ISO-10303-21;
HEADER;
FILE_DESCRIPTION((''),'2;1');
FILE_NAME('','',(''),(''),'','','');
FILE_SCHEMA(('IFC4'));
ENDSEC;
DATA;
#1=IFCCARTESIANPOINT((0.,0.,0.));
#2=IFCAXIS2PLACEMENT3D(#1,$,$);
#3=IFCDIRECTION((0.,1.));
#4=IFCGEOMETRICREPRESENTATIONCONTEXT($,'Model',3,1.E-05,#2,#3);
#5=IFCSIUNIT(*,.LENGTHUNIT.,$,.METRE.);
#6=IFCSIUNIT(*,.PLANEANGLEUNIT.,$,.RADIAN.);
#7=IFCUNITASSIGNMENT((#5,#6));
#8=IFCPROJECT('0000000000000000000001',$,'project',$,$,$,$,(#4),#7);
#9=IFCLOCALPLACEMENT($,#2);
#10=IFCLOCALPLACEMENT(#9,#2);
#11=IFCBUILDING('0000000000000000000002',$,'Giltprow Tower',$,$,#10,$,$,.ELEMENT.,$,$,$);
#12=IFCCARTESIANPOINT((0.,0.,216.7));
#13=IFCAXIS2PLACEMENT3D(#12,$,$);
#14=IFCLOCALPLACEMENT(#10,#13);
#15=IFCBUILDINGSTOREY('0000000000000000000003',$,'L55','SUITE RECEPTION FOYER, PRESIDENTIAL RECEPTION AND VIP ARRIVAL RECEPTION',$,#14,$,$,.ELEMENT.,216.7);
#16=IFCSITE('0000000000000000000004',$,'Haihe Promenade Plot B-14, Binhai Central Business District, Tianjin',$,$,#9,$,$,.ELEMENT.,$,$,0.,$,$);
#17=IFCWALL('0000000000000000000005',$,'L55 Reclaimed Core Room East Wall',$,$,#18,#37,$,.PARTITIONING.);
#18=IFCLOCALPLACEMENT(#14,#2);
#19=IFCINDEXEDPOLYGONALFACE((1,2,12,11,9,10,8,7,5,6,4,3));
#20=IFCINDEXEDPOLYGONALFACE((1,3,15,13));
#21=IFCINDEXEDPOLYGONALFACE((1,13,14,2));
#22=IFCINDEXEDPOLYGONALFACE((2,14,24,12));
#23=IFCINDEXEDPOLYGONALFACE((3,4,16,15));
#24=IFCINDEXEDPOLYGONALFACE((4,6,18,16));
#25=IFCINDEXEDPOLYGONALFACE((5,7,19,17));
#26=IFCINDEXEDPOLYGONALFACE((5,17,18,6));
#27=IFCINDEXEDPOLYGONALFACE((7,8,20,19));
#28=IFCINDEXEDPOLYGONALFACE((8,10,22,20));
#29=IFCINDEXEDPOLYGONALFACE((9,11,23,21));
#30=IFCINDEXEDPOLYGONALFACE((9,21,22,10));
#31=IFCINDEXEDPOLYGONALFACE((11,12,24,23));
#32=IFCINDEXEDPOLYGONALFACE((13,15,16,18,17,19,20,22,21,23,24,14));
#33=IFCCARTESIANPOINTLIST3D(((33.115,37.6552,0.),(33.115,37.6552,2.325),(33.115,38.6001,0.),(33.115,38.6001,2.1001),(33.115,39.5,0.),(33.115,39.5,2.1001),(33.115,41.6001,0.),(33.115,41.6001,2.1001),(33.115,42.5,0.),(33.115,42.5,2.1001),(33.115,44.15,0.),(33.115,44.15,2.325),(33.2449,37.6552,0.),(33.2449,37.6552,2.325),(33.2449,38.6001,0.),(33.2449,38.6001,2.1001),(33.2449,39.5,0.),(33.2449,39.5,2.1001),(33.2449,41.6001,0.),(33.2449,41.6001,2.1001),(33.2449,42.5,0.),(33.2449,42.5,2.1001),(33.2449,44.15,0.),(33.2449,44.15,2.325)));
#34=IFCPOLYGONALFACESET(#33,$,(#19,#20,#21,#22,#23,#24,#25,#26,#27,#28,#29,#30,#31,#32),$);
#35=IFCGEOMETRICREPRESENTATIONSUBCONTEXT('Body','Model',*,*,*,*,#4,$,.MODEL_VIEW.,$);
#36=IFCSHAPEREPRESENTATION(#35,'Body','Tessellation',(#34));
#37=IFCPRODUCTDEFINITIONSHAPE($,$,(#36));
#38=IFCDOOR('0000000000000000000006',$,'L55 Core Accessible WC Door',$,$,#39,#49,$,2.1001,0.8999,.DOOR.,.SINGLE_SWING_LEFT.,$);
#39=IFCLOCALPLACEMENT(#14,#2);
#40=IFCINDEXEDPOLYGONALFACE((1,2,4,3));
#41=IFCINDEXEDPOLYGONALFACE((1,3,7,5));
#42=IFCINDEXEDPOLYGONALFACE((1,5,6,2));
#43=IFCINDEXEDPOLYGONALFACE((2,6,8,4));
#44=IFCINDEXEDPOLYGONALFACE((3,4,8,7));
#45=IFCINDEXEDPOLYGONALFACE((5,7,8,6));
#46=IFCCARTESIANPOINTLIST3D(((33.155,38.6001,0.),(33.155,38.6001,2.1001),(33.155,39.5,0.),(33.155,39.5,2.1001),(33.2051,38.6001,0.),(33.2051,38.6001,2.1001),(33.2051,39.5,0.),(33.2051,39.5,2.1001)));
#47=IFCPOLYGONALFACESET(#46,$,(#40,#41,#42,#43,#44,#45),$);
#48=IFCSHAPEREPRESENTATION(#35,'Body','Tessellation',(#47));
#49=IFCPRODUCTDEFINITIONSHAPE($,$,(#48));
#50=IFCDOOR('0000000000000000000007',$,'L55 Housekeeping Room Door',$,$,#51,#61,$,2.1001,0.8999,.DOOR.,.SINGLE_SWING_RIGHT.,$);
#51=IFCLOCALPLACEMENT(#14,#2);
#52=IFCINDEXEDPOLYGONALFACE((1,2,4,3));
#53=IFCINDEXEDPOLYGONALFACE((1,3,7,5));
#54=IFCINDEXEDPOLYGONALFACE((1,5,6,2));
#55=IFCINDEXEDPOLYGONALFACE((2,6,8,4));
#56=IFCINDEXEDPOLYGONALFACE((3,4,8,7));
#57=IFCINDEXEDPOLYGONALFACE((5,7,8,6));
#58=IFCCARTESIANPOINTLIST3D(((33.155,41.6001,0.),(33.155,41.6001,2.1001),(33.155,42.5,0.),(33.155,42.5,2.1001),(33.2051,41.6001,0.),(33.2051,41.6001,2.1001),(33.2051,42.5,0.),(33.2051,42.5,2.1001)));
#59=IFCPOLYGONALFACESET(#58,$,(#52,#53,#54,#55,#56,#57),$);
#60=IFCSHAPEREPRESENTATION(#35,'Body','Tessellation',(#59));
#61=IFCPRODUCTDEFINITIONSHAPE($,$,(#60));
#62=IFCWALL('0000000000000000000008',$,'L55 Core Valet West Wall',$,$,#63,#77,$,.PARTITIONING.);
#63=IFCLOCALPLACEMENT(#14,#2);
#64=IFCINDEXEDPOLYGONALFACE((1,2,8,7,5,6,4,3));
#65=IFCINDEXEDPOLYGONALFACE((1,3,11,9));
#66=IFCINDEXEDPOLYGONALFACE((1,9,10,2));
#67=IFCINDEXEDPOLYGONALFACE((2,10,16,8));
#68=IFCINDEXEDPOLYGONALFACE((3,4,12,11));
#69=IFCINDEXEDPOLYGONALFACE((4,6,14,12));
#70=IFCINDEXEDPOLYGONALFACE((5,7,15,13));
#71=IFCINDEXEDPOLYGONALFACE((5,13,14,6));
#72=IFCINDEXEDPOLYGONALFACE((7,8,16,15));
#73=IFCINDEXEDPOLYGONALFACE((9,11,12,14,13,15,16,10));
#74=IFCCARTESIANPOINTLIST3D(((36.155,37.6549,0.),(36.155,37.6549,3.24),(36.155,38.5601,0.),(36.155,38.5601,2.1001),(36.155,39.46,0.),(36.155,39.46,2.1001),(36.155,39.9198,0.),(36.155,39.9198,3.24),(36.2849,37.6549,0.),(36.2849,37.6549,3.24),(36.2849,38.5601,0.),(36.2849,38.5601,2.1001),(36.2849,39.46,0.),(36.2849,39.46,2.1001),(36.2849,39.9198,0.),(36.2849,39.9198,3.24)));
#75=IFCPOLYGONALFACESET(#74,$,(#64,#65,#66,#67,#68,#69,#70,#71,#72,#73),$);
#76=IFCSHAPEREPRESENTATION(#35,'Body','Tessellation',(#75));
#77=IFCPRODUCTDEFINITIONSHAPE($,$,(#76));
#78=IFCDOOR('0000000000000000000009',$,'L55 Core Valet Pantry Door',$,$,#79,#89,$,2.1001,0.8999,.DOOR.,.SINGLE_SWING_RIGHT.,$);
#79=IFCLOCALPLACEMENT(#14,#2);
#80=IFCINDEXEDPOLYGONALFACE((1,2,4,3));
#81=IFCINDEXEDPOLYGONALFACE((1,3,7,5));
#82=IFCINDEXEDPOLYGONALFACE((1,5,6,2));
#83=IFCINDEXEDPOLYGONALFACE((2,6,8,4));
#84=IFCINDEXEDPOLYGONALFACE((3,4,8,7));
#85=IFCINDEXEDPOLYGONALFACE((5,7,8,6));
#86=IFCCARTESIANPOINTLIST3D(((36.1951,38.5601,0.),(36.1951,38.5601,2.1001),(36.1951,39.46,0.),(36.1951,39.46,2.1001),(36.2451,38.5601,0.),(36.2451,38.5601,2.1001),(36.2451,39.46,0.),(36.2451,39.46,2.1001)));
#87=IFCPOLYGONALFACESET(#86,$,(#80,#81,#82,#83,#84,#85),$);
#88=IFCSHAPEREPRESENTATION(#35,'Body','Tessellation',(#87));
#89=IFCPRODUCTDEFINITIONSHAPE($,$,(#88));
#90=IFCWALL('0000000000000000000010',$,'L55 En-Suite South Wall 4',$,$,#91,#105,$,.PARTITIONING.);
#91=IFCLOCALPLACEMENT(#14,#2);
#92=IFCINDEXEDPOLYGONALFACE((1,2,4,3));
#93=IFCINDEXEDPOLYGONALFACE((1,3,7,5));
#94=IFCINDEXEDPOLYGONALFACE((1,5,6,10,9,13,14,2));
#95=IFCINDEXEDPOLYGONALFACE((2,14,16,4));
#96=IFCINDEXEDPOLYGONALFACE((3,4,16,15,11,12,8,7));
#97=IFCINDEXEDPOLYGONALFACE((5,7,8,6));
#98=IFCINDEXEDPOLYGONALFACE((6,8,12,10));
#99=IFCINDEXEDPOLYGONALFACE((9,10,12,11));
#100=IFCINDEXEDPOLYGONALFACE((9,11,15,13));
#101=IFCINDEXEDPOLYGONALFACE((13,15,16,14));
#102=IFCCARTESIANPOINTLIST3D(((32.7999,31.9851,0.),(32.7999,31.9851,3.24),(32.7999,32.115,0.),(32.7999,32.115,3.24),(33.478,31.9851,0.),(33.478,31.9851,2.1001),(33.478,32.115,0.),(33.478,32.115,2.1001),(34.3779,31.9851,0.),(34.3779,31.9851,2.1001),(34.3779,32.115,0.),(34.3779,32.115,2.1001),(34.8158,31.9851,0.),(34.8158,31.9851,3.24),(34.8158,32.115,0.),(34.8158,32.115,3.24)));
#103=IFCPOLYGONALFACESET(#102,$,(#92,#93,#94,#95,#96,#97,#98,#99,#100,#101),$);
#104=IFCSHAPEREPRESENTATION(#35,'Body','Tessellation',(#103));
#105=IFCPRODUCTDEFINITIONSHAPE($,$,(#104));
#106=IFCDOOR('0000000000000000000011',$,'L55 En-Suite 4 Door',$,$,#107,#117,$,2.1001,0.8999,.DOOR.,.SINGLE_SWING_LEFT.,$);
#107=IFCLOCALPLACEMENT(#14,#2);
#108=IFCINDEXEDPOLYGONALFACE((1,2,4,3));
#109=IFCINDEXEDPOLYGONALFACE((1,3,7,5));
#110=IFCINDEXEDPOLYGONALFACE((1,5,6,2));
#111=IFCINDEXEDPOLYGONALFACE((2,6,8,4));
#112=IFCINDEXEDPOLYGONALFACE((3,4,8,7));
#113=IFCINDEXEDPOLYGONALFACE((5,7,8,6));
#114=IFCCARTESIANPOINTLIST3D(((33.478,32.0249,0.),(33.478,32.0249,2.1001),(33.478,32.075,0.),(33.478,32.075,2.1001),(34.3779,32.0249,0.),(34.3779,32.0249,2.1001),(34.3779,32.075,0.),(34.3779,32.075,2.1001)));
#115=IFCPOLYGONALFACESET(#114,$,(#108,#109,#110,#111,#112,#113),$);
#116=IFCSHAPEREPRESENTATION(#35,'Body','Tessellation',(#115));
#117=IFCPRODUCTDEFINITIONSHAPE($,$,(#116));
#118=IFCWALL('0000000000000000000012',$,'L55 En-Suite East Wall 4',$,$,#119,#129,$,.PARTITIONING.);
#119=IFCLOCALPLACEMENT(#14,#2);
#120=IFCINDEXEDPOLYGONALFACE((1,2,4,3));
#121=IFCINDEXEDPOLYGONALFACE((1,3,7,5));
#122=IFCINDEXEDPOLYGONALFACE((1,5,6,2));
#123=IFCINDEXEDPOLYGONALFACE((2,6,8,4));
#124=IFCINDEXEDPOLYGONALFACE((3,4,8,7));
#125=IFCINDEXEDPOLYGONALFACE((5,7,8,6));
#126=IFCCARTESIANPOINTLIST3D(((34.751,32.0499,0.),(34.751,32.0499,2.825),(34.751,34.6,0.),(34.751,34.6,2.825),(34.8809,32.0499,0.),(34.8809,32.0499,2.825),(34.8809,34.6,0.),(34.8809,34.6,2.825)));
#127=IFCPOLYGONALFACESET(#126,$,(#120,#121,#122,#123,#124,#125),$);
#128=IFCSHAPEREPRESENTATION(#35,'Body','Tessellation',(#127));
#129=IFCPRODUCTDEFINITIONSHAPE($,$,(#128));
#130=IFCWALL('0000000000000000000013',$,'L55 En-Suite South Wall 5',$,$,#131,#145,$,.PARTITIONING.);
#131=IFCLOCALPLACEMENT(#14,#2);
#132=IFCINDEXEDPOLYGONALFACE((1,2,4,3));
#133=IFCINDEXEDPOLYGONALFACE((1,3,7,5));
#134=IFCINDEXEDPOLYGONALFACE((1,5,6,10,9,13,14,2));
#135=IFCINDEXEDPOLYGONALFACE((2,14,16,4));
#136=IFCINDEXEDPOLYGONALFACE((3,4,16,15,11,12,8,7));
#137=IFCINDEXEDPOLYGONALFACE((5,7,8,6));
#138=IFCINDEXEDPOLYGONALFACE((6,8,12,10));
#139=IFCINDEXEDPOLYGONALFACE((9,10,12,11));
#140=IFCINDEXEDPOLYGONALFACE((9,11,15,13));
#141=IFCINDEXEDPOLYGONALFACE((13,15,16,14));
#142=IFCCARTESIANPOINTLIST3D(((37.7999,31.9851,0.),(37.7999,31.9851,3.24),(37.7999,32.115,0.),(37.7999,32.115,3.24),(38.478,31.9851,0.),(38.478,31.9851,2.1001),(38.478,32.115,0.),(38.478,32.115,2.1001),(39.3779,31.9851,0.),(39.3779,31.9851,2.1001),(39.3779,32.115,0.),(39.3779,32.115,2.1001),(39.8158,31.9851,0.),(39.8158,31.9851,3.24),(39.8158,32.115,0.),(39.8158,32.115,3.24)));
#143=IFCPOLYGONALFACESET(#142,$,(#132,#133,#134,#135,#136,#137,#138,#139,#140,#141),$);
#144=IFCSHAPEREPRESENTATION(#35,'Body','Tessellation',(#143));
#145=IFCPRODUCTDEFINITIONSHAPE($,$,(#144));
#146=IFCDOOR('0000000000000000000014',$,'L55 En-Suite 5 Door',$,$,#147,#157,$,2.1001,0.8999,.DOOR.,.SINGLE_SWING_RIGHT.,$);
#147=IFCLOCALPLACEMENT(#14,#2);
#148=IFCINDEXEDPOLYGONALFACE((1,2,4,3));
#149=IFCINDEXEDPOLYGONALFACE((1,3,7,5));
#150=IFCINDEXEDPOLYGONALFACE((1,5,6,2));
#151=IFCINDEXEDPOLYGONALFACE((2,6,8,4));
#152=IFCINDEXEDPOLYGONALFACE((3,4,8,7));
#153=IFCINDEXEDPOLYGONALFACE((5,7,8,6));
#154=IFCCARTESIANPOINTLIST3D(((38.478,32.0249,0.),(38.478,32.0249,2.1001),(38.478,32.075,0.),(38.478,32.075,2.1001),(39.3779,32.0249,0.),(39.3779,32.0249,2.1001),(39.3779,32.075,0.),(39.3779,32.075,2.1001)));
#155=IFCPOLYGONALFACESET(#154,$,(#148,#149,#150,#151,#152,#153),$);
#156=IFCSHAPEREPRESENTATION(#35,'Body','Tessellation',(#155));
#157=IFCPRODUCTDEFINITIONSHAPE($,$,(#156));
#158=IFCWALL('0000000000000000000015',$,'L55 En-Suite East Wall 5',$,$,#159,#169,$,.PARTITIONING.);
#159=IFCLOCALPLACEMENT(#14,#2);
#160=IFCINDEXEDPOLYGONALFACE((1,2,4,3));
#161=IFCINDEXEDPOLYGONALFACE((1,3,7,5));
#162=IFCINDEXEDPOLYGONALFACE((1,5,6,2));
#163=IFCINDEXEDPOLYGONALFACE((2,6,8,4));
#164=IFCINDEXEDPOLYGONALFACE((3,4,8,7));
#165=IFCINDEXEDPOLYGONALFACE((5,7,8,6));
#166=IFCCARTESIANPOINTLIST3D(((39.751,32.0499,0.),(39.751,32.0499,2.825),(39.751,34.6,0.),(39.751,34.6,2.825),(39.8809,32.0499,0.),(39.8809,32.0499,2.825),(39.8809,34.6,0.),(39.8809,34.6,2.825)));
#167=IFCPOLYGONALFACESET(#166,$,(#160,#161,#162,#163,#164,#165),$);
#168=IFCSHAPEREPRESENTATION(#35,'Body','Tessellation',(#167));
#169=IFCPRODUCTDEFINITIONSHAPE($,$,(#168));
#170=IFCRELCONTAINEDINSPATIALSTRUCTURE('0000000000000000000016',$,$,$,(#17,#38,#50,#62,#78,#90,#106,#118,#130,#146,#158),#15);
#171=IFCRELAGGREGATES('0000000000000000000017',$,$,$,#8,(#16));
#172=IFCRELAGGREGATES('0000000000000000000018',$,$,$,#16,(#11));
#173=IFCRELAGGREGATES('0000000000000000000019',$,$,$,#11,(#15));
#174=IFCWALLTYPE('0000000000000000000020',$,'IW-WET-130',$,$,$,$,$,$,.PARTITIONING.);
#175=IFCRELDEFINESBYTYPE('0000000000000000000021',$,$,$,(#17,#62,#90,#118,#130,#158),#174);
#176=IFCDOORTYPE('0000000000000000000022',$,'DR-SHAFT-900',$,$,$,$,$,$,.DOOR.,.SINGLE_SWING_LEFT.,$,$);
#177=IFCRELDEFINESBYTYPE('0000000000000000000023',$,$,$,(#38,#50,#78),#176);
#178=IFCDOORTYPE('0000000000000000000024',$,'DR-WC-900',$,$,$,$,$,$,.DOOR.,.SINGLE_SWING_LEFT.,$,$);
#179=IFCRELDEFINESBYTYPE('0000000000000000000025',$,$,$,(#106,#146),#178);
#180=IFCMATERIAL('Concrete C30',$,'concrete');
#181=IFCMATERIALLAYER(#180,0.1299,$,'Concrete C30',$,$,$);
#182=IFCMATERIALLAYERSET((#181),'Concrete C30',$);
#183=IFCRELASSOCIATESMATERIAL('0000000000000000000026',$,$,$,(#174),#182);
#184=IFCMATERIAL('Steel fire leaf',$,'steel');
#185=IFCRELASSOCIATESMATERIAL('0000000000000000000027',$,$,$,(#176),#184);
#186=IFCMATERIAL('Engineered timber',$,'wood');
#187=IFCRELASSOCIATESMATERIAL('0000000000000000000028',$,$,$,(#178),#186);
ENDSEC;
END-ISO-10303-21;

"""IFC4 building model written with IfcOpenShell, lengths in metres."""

from ifc_helpers import new_model, si_unit, direction, frame, frame_2d, origin, place, context, subcontext, project, spatial, rectangle, extrude, source, transform, mapped, material, layer, layer_set, type_object, element, fill, save


model = new_model("IFC4")

# Units and contexts
model_context = context("Model", 3, precision=1e-05, world=origin(), true_north=direction((0.0, 1.0)))
body_context = subcontext(model_context, "Body", "Model", "MODEL_VIEW")
ifc_project = project(units=[si_unit("LENGTHUNIT", "METRE"), si_unit("PLANEANGLEUNIT", "RADIAN")], contexts=[model_context])

# Site, building, storey
site_placement = place(None, origin())
site = spatial("IfcSite", under=ifc_project, at=site_placement, Name="Haihe Promenade Plot B-14, Binhai Central Business District, Tianjin", CompositionType="ELEMENT", RefElevation=0.0)
building_placement = place(site_placement, origin())
building = spatial("IfcBuilding", under=site, at=building_placement, Name="Giltprow Tower", CompositionType="ELEMENT")
storey_placement = place(building_placement, frame((0.0, 0.0, 216.7)))
storey = spatial("IfcBuildingStorey", under=building, at=storey_placement, Name="L55", Description="SUITE RECEPTION FOYER, PRESIDENTIAL RECEPTION AND VIP ARRIVAL RECEPTION", CompositionType="ELEMENT", Elevation=216.7)

# Wall, openings, doors
ifc_material_1 = material(Name="Concrete C30", Category="concrete")
ifc_layer_1 = layer(ifc_material_1, 0.1299, Name="Concrete C30")
ifc_layer_set_1 = layer_set([ifc_layer_1], Name="Concrete C30")
wall_type_1 = type_object("IfcWallType", Name="IW-WET-130", PredefinedType="PARTITIONING", material=ifc_layer_set_1)
wall_1_placement = place(storey_placement, frame((33.1799, 37.655, 0.0), z_axis=(0.0, 0.0, 1.0), x_axis=(0.0, 1.0, 0.0)))
wall_1 = element("IfcWall", 1, at=wall_1_placement, inside=storey, type_object=wall_type_1, Name="L55 Reclaimed Core Room East Wall", PredefinedType="PARTITIONING", context=body_context, shape_type="SweptSolid", body=[
    extrude(rectangle(XDim=6.4949, YDim=0.1299, at=frame_2d((3.2476, 0.0))), origin(), (0.0, 0.0, 1.0), 2.325),
])
opening_1_placement = place(wall_1_placement, frame((0.9451, 0.0, 0.0)))
opening_1 = element("IfcOpeningElement", 2, at=opening_1_placement, cuts=wall_1, PredefinedType="OPENING", context=body_context, shape_type="SweptSolid", body=[
    extrude(rectangle(XDim=0.8999, YDim=2.1001, at=frame_2d((0.45, 1.05))), frame((0.0, 0.075, 0.0), z_axis=(0.0, -1.0, 0.0), x_axis=(1.0, 0.0, 0.0)), (0.0, 0.0, 1.0), 0.1499),
])
opening_2_placement = place(wall_1_placement, frame((3.9451, 0.0, 0.0)))
opening_2 = element("IfcOpeningElement", 3, at=opening_2_placement, cuts=wall_1, PredefinedType="OPENING", context=body_context, shape_type="SweptSolid", body=[
    extrude(rectangle(XDim=0.8999, YDim=2.1001, at=frame_2d((0.45, 1.05))), frame((0.0, 0.075, 0.0), z_axis=(0.0, -1.0, 0.0), x_axis=(1.0, 0.0, 0.0)), (0.0, 0.0, 1.0), 0.1499),
])
ifc_material_2 = material(Name="Steel fire leaf", Category="steel")
door_type_1 = type_object("IfcDoorType", Name="DR-SHAFT-900", OperationType="SINGLE_SWING_LEFT", PredefinedType="DOOR", material=ifc_material_2)
shared_shape_1 = source(origin(), body_context, "Body", "SweptSolid", [
    extrude(rectangle(XDim=0.8999, YDim=2.1001, at=frame_2d((0.45, 1.05))), frame((0.0, 0.0249, 0.0), z_axis=(0.0, -1.0, 0.0), x_axis=(1.0, 0.0, 0.0)), (0.0, 0.0, 1.0), 0.05),
])
door_1_placement = place(opening_1_placement, origin())
door_1 = element("IfcDoor", 4, at=door_1_placement, inside=storey, type_object=door_type_1, Name="L55 Core Accessible WC Door", OperationType="SINGLE_SWING_LEFT", OverallHeight=2.1001, OverallWidth=0.8999, PredefinedType="DOOR", context=body_context, shape_type="MappedRepresentation", body=[
    mapped(shared_shape_1, transform((0.0, 0.0, 0.0), x_axis=(1.0, 0.0, 0.0), y_axis=(0.0, 1.0, 0.0), z_axis=(0.0, 0.0, 1.0), scale=1.0)),
])
fill(opening_1, door_1)
door_2_placement = place(opening_2_placement, origin())
door_2 = element("IfcDoor", 5, at=door_2_placement, inside=storey, type_object=door_type_1, Name="L55 Housekeeping Room Door", OperationType="SINGLE_SWING_RIGHT", OverallHeight=2.1001, OverallWidth=0.8999, PredefinedType="DOOR", context=body_context, shape_type="MappedRepresentation", body=[
    mapped(shared_shape_1, transform((0.0, 0.0, 0.0), x_axis=(1.0, 0.0, 0.0), y_axis=(0.0, 1.0, 0.0), z_axis=(0.0, 0.0, 1.0), scale=1.0)),
])
fill(opening_2, door_2)

# Walls, openings, doors
wall_2_placement = place(storey_placement, frame((36.22, 37.655, 0.0), z_axis=(0.0, 0.0, 1.0), x_axis=(0.0, 1.0, 0.0)))
wall_2 = element("IfcWall", 6, at=wall_2_placement, inside=storey, type_object=wall_type_1, Name="L55 Core Valet West Wall", PredefinedType="PARTITIONING", context=body_context, shape_type="SweptSolid", body=[
    extrude(rectangle(XDim=2.2649, YDim=0.1299, at=frame_2d((1.1323, 0.0))), origin(), (0.0, 0.0, 1.0), 3.24),
])
opening_3_placement = place(wall_2_placement, frame((0.905, 0.0, 0.0)))
opening_3 = element("IfcOpeningElement", 7, at=opening_3_placement, cuts=wall_2, PredefinedType="OPENING", context=body_context, shape_type="SweptSolid", body=[
    extrude(rectangle(XDim=0.8999, YDim=2.1001, at=frame_2d((0.45, 1.05))), frame((0.0, 0.075, 0.0), z_axis=(0.0, -1.0, 0.0), x_axis=(1.0, 0.0, 0.0)), (0.0, 0.0, 1.0), 0.1499),
])
door_3_placement = place(opening_3_placement, origin())
door_3 = element("IfcDoor", 8, at=door_3_placement, inside=storey, type_object=door_type_1, Name="L55 Core Valet Pantry Door", OperationType="SINGLE_SWING_RIGHT", OverallHeight=2.1001, OverallWidth=0.8999, PredefinedType="DOOR", context=body_context, shape_type="MappedRepresentation", body=[
    mapped(shared_shape_1, transform((0.0, 0.0, 0.0), x_axis=(1.0, 0.0, 0.0), y_axis=(0.0, 1.0, 0.0), z_axis=(0.0, 0.0, 1.0), scale=1.0)),
])
fill(opening_3, door_3)
wall_3_placement = place(storey_placement, frame((32.8, 32.05, 0.0), z_axis=(0.0, 0.0, 1.0), x_axis=(1.0, 0.0, 0.0)))
wall_3 = element("IfcWall", 9, at=wall_3_placement, inside=storey, type_object=wall_type_1, Name="L55 En-Suite South Wall 4", PredefinedType="PARTITIONING", context=body_context, shape_type="SweptSolid", body=[
    extrude(rectangle(XDim=2.0159, YDim=0.1299, at=frame_2d((1.0078, 0.0))), origin(), (0.0, 0.0, 1.0), 3.24),
])
opening_4_placement = place(wall_3_placement, frame((0.678, 0.0, 0.0)))
opening_4 = element("IfcOpeningElement", 10, at=opening_4_placement, cuts=wall_3, PredefinedType="OPENING", context=body_context, shape_type="SweptSolid", body=[
    extrude(rectangle(XDim=0.8999, YDim=2.1001, at=frame_2d((0.45, 1.05))), frame((0.0, 0.075, 0.0), z_axis=(0.0, -1.0, 0.0), x_axis=(1.0, 0.0, 0.0)), (0.0, 0.0, 1.0), 0.1499),
])
ifc_material_3 = material(Name="Engineered timber", Category="wood")
door_type_2 = type_object("IfcDoorType", Name="DR-WC-900", OperationType="SINGLE_SWING_LEFT", PredefinedType="DOOR", material=ifc_material_3)
door_4_placement = place(opening_4_placement, origin())
door_4 = element("IfcDoor", 11, at=door_4_placement, inside=storey, type_object=door_type_2, Name="L55 En-Suite 4 Door", OperationType="SINGLE_SWING_LEFT", OverallHeight=2.1001, OverallWidth=0.8999, PredefinedType="DOOR", context=body_context, shape_type="MappedRepresentation", body=[
    mapped(shared_shape_1, transform((0.0, 0.0, 0.0), x_axis=(1.0, 0.0, 0.0), y_axis=(0.0, 1.0, 0.0), z_axis=(0.0, 0.0, 1.0), scale=1.0)),
])
fill(opening_4, door_4)

# Wall
wall_4_placement = place(storey_placement, frame((34.8159, 32.05, 0.0), z_axis=(0.0, 0.0, 1.0), x_axis=(0.0, 1.0, 0.0)))
element("IfcWall", 12, at=wall_4_placement, inside=storey, type_object=wall_type_1, Name="L55 En-Suite East Wall 4", PredefinedType="PARTITIONING", context=body_context, shape_type="SweptSolid", body=[
    extrude(rectangle(XDim=2.55, YDim=0.1299, at=frame_2d((1.2749, 0.0))), origin(), (0.0, 0.0, 1.0), 2.825),
])

# Wall, opening, door
wall_5_placement = place(storey_placement, frame((37.8, 32.05, 0.0), z_axis=(0.0, 0.0, 1.0), x_axis=(1.0, 0.0, 0.0)))
wall_5 = element("IfcWall", 13, at=wall_5_placement, inside=storey, type_object=wall_type_1, Name="L55 En-Suite South Wall 5", PredefinedType="PARTITIONING", context=body_context, shape_type="SweptSolid", body=[
    extrude(rectangle(XDim=2.0159, YDim=0.1299, at=frame_2d((1.0078, 0.0))), origin(), (0.0, 0.0, 1.0), 3.24),
])
opening_5_placement = place(wall_5_placement, frame((0.678, 0.0, 0.0)))
opening_5 = element("IfcOpeningElement", 14, at=opening_5_placement, cuts=wall_5, PredefinedType="OPENING", context=body_context, shape_type="SweptSolid", body=[
    extrude(rectangle(XDim=0.8999, YDim=2.1001, at=frame_2d((0.45, 1.05))), frame((0.0, 0.075, 0.0), z_axis=(0.0, -1.0, 0.0), x_axis=(1.0, 0.0, 0.0)), (0.0, 0.0, 1.0), 0.1499),
])
door_5_placement = place(opening_5_placement, origin())
door_5 = element("IfcDoor", 15, at=door_5_placement, inside=storey, type_object=door_type_2, Name="L55 En-Suite 5 Door", OperationType="SINGLE_SWING_RIGHT", OverallHeight=2.1001, OverallWidth=0.8999, PredefinedType="DOOR", context=body_context, shape_type="MappedRepresentation", body=[
    mapped(shared_shape_1, transform((0.0, 0.0, 0.0), x_axis=(1.0, 0.0, 0.0), y_axis=(0.0, 1.0, 0.0), z_axis=(0.0, 0.0, 1.0), scale=1.0)),
])
fill(opening_5, door_5)

# Wall
wall_6_placement = place(storey_placement, frame((39.8159, 32.05, 0.0), z_axis=(0.0, 0.0, 1.0), x_axis=(0.0, 1.0, 0.0)))
element("IfcWall", 16, at=wall_6_placement, inside=storey, type_object=wall_type_1, Name="L55 En-Suite East Wall 5", PredefinedType="PARTITIONING", context=body_context, shape_type="SweptSolid", body=[
    extrude(rectangle(XDim=2.55, YDim=0.1299, at=frame_2d((1.2749, 0.0))), origin(), (0.0, 0.0, 1.0), 2.825),
])

save(model, "model.ifc")
